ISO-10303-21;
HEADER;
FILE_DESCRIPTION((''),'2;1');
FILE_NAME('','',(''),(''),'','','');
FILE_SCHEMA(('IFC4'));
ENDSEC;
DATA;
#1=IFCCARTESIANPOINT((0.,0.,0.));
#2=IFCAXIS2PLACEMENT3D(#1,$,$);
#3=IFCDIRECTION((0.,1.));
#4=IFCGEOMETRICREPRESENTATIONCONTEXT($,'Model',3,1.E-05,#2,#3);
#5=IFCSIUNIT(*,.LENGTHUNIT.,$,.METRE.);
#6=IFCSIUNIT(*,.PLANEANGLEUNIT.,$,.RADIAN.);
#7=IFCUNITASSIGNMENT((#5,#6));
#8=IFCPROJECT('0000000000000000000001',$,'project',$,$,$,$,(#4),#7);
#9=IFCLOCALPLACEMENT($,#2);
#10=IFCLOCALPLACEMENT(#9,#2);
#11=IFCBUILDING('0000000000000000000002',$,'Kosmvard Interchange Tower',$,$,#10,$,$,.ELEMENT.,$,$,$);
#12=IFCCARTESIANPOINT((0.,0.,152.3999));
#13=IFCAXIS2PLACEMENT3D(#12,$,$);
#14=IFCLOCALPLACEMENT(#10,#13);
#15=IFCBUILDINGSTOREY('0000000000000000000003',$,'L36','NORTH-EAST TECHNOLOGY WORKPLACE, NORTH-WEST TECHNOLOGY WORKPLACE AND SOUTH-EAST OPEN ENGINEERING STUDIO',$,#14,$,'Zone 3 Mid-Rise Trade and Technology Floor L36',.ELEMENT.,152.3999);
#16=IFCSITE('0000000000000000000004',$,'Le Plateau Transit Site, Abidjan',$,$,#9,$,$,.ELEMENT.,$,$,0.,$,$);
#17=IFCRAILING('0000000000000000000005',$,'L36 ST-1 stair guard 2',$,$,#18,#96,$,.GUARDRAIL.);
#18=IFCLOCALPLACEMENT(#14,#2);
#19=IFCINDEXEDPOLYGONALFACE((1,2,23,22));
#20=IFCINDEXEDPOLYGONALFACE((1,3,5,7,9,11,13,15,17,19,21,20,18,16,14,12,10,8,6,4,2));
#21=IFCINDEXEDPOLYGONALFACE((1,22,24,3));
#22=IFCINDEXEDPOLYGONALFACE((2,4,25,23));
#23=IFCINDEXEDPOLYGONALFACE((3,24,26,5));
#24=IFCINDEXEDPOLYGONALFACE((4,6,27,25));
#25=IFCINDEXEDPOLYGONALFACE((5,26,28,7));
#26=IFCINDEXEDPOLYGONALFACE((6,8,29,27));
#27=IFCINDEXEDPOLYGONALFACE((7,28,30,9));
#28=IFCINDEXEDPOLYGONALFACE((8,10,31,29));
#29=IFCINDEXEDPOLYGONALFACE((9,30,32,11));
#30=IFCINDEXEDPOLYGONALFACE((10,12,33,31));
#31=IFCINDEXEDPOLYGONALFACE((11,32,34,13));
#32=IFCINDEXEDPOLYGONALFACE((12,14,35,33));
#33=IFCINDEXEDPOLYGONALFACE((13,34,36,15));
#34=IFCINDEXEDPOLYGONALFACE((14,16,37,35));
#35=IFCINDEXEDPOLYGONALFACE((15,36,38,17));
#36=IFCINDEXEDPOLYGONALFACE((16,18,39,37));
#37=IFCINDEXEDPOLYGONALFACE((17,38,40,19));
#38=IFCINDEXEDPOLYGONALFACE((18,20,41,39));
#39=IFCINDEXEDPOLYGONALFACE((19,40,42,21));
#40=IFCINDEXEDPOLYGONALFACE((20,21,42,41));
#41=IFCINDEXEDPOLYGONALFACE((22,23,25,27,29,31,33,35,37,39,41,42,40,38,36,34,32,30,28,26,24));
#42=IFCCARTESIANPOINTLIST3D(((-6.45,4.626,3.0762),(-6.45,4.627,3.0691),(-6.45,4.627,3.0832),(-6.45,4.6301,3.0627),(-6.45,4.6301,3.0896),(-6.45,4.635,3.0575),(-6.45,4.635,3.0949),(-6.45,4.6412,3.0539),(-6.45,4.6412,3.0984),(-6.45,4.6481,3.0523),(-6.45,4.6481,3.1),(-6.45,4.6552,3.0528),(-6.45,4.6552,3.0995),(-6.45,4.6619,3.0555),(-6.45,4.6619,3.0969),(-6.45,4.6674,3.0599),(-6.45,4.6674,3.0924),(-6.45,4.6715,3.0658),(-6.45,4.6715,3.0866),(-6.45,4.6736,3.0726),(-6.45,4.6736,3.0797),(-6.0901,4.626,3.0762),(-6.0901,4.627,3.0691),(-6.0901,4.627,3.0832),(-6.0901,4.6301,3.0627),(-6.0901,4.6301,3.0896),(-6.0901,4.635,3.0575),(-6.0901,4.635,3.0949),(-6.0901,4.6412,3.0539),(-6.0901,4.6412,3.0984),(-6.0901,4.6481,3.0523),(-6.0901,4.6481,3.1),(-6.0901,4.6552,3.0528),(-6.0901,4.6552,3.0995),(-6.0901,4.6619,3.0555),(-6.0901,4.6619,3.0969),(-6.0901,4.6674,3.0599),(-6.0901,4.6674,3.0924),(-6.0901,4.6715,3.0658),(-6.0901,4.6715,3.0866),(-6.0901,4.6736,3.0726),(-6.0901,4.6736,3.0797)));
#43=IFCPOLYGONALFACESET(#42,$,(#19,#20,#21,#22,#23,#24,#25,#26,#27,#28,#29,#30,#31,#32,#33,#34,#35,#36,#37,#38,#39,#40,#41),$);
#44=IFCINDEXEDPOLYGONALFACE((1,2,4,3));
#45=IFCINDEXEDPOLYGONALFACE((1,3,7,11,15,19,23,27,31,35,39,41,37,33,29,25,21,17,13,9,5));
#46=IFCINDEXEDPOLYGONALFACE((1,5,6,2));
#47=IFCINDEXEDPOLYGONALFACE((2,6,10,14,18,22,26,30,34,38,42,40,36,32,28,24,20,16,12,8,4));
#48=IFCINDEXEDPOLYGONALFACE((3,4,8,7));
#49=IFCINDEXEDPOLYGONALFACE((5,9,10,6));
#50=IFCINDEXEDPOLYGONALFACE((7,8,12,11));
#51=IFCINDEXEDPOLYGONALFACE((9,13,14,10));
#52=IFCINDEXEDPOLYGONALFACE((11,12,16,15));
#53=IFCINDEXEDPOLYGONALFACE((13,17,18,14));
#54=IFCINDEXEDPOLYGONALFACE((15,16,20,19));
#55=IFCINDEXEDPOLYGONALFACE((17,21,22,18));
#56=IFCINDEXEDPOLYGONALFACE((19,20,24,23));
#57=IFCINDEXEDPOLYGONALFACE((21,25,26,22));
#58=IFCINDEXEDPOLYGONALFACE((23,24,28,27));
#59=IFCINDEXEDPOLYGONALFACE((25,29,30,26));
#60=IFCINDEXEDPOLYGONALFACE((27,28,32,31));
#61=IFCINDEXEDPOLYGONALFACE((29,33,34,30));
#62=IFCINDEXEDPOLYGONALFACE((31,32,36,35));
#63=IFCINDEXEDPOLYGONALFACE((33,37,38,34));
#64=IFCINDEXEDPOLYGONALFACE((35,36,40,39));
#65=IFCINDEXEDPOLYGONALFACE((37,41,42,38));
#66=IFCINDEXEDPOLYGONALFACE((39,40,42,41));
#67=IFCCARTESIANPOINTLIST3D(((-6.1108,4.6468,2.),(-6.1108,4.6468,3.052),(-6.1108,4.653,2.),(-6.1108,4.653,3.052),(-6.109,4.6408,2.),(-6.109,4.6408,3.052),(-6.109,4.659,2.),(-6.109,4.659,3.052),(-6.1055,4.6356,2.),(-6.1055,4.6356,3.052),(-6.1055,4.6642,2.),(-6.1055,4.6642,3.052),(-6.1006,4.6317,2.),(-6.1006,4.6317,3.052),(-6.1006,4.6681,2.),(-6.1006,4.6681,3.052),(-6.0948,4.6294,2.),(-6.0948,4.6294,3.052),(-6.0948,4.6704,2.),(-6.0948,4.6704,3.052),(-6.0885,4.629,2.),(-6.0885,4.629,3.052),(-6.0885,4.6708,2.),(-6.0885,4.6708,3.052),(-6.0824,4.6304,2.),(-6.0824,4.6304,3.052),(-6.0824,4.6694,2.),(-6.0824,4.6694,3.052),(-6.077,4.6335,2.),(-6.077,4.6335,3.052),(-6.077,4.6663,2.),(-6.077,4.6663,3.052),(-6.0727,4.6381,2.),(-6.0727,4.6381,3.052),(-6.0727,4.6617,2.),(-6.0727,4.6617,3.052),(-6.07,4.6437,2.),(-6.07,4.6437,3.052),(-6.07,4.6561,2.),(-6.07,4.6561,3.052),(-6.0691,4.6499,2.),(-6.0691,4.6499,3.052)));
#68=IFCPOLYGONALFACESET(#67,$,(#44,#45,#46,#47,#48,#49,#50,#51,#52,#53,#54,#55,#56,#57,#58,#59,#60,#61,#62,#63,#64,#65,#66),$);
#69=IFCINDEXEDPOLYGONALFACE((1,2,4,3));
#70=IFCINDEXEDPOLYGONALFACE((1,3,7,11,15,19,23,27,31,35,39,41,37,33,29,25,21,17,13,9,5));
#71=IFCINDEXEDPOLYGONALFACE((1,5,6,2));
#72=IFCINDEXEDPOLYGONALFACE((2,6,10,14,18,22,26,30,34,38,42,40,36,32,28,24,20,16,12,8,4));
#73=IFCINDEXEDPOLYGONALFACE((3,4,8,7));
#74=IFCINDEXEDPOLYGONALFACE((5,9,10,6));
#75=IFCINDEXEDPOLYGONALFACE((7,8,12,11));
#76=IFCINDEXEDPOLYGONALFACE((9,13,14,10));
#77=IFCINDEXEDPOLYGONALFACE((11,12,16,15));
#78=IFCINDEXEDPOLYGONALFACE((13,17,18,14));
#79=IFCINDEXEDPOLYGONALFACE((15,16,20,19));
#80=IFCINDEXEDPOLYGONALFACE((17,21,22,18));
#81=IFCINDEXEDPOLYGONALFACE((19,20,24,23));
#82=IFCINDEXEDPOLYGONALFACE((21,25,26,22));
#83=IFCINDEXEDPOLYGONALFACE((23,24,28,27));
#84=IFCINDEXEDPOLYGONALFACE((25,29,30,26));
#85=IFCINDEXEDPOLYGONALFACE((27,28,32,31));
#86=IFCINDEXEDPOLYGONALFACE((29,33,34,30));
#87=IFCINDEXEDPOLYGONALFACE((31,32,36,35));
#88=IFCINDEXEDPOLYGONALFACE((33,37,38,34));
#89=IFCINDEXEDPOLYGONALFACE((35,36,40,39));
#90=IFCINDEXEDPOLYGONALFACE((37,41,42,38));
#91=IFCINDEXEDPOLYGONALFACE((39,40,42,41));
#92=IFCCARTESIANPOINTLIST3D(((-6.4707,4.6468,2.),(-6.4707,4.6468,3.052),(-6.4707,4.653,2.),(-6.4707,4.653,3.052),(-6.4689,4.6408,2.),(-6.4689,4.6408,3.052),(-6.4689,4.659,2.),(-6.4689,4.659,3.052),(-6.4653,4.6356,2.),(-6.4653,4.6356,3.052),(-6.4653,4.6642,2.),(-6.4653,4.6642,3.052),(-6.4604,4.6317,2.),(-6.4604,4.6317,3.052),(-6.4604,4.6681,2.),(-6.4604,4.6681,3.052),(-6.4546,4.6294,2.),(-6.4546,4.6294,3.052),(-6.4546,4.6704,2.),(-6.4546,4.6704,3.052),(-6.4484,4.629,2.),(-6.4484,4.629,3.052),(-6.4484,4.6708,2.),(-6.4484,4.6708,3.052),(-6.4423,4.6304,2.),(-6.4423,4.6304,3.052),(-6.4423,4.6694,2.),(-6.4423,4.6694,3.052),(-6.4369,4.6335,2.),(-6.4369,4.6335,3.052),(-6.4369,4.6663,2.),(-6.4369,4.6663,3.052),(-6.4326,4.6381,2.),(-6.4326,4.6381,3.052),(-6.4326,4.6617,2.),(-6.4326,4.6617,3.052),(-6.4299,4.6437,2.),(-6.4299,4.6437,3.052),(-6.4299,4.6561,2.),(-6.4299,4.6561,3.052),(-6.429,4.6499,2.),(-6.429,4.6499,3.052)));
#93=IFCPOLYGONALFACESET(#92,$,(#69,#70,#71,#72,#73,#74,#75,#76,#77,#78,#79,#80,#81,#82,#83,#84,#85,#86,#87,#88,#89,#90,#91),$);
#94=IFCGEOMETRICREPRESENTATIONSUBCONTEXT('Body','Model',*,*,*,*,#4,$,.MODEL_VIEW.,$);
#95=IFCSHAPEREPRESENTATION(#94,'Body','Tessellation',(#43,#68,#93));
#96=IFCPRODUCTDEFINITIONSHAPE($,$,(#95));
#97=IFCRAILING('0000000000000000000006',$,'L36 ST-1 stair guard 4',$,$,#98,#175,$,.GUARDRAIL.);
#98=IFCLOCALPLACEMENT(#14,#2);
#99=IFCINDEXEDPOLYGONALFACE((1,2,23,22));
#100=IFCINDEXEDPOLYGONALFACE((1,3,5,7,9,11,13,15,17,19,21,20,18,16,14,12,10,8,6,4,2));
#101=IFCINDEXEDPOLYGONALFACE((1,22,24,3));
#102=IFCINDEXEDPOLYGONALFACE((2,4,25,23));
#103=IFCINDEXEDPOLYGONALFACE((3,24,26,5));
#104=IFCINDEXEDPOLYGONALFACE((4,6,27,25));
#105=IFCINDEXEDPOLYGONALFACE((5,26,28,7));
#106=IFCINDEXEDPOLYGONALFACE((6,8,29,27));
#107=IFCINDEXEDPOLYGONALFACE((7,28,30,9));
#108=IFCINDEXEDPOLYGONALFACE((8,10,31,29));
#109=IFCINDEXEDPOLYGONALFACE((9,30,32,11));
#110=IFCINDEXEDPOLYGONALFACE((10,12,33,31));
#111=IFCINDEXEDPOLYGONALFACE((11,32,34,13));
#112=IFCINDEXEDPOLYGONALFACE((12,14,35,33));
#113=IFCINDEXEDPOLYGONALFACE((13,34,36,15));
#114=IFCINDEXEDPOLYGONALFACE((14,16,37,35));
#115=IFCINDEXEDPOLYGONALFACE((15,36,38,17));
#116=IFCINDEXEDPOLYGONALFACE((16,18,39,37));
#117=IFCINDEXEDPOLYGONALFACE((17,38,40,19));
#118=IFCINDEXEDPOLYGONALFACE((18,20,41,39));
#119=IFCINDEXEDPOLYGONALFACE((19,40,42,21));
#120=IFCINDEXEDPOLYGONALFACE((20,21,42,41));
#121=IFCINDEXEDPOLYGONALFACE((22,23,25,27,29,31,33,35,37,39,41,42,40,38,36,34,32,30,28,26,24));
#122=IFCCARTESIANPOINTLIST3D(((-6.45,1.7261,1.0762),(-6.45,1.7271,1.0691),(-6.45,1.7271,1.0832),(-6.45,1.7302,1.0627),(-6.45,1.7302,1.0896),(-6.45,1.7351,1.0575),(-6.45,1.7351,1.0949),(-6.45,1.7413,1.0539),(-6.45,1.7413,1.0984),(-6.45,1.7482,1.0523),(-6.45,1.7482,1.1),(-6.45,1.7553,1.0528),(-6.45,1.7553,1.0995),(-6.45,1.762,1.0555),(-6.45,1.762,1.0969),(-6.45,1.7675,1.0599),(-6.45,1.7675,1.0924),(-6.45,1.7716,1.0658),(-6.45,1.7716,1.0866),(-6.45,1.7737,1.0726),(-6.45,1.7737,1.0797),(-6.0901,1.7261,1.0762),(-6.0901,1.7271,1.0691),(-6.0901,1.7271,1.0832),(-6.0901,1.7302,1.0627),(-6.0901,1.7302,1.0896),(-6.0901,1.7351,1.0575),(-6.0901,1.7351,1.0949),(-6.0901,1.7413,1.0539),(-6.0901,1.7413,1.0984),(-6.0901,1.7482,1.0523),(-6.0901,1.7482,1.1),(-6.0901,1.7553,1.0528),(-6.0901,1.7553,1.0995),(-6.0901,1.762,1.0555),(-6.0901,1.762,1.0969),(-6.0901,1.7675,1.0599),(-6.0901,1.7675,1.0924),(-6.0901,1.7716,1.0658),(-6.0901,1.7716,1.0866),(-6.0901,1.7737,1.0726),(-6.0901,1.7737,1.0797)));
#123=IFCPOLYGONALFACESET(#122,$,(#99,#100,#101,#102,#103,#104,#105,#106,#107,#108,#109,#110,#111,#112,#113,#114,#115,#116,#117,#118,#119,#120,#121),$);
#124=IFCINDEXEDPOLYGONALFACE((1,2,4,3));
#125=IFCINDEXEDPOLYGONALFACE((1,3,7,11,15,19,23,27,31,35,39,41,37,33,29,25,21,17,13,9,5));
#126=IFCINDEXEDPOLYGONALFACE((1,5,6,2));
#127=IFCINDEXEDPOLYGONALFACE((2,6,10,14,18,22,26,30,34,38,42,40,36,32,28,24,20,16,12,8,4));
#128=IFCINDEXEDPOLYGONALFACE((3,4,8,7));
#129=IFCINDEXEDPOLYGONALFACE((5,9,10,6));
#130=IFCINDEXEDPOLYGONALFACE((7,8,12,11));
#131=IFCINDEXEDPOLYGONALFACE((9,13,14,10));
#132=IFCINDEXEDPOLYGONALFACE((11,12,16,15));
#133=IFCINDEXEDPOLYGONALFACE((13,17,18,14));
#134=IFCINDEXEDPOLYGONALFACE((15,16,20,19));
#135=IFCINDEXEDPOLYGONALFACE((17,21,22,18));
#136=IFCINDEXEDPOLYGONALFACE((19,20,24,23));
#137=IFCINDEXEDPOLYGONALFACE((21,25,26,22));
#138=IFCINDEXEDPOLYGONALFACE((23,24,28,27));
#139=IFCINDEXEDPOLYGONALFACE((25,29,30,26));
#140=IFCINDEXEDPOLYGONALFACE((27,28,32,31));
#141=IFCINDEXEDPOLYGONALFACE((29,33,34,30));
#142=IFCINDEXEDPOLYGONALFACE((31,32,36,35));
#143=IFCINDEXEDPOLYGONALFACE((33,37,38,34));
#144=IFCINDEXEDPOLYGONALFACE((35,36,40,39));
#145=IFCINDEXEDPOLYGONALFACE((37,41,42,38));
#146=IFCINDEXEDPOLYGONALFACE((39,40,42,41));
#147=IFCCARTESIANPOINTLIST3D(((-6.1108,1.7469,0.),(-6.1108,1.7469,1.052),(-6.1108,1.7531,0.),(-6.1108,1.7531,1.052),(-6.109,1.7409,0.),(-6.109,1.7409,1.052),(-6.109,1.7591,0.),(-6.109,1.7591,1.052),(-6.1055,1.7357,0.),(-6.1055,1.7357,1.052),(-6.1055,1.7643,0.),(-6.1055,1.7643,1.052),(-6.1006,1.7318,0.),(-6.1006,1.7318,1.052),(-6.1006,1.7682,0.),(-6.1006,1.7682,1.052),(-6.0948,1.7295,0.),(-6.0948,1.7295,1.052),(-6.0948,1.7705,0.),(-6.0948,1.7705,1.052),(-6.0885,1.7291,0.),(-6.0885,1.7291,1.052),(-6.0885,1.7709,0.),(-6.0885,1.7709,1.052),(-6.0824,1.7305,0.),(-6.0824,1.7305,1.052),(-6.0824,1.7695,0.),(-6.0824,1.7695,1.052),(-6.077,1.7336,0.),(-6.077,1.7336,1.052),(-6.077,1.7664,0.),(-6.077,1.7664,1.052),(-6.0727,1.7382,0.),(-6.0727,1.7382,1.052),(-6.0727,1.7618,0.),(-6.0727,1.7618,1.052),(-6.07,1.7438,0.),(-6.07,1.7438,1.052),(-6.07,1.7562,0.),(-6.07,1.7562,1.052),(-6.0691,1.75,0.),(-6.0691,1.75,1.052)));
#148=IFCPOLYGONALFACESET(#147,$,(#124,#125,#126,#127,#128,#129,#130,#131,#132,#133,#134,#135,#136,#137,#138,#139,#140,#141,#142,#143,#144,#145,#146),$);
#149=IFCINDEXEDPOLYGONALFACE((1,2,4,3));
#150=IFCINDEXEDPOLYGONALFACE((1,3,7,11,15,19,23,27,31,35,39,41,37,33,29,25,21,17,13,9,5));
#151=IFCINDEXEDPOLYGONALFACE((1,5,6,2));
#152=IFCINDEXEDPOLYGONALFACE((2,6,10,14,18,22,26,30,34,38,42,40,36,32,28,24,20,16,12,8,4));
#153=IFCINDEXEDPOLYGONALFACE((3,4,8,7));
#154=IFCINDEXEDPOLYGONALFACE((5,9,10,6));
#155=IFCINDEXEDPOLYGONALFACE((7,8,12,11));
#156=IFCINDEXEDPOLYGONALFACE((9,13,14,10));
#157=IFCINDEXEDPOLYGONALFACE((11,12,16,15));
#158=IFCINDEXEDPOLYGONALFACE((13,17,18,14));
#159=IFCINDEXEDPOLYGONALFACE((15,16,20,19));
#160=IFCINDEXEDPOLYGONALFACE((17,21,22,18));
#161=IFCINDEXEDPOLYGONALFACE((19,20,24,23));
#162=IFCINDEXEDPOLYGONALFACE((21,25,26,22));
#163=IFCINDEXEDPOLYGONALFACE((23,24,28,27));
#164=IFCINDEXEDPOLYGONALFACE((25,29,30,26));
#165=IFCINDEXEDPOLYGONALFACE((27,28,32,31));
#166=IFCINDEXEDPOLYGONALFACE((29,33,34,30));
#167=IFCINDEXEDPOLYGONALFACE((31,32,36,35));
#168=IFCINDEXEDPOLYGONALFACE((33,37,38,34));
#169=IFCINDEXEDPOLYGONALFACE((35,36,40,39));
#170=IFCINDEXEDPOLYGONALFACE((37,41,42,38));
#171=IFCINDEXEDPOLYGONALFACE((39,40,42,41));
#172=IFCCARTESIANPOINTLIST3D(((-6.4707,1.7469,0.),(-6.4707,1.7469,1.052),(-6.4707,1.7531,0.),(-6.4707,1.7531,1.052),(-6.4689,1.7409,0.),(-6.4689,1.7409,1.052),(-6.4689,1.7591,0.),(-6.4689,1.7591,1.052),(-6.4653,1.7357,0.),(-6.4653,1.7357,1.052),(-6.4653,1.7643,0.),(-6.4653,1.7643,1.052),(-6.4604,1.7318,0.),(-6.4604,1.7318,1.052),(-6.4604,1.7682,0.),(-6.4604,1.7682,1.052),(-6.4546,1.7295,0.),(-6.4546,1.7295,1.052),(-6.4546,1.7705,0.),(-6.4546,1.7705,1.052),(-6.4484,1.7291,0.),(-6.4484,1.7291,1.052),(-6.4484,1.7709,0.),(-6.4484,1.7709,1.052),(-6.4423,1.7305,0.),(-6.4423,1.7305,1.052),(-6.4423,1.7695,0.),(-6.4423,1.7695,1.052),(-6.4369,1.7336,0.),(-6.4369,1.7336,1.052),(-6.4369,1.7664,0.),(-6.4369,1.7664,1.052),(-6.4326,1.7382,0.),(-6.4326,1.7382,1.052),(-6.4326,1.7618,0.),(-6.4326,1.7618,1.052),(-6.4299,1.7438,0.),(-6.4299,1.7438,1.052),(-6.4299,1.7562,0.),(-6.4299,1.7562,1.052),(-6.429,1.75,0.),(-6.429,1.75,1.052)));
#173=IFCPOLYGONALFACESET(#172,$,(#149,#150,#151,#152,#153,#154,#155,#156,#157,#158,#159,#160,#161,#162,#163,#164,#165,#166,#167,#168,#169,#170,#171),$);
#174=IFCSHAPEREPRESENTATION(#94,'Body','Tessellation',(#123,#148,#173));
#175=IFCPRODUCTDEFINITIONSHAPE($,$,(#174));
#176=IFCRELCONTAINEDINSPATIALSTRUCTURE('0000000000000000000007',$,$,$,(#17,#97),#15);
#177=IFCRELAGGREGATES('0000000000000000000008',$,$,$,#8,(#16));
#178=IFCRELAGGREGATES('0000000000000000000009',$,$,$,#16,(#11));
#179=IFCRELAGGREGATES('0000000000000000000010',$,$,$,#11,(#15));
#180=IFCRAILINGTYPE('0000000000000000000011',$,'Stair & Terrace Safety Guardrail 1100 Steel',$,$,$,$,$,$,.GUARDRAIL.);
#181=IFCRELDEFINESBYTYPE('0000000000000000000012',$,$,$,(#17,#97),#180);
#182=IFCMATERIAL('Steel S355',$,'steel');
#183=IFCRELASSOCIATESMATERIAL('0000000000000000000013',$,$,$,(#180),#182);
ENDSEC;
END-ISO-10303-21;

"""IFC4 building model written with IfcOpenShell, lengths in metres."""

from ifc_helpers import new_model, si_unit, direction, frame, origin, origin_2d, place, context, subcontext, project, spatial, circle, extrude, source, transform, mapped, material, type_object, element, save


model = new_model("IFC4")

# Units and contexts
model_context = context("Model", 3, precision=1e-05, world=origin(), true_north=direction((0.0, 1.0)))
body_context = subcontext(model_context, "Body", "Model", "MODEL_VIEW")
ifc_project = project(units=[si_unit("LENGTHUNIT", "METRE"), si_unit("PLANEANGLEUNIT", "RADIAN")], contexts=[model_context])

# Site, building, storey
site_placement = place(None, origin())
site = spatial("IfcSite", under=ifc_project, at=site_placement, Name="Le Plateau Transit Site, Abidjan", CompositionType="ELEMENT", RefElevation=0.0)
building_placement = place(site_placement, origin())
building = spatial("IfcBuilding", under=site, at=building_placement, Name="Kosmvard Interchange Tower", CompositionType="ELEMENT")
storey_placement = place(building_placement, frame((0.0, 0.0, 152.3999)))
storey = spatial("IfcBuildingStorey", under=building, at=storey_placement, Name="L36", Description="NORTH-EAST TECHNOLOGY WORKPLACE, NORTH-WEST TECHNOLOGY WORKPLACE AND SOUTH-EAST OPEN ENGINEERING STUDIO", LongName="Zone 3 Mid-Rise Trade and Technology Floor L36", CompositionType="ELEMENT", Elevation=152.3999)

# Shared definitions
ifc_material_1 = material(Name="Steel S355", Category="steel")

# Railings
railing_type_1 = type_object("IfcRailingType", Name="Stair & Terrace Safety Guardrail 1100 Steel", PredefinedType="GUARDRAIL", material=ifc_material_1)
shared_shape_1 = source(origin(), body_context, "Body", "SweptSolid", [
    extrude(circle(Radius=0.0239, at=origin_2d()), frame((0.0, 0.0, 1.0762), z_axis=(-1.0, 0.0, 0.0), x_axis=(0.0, -1.0, 0.0)), (0.0, 0.0, 1.0), 0.3599),
    extrude(circle(Radius=0.021, at=origin_2d()), origin(), (0.0, 0.0, 1.0), 1.052),
    extrude(circle(Radius=0.021, at=origin_2d()), frame((-0.3599, 0.0, 0.0)), (0.0, 0.0, 1.0), 1.052),
])
for number, where, name in (
    (1, (-6.0901, 4.6499, 2.0), "L36 ST-1 stair guard 2"),
    (2, (-6.0901, 1.75, 0.0), "L36 ST-1 stair guard 4"),
):
    element("IfcRailing", number, at=place(storey_placement, frame(where)), inside=storey, type_object=railing_type_1, Name=name, PredefinedType="GUARDRAIL", context=body_context, shape_type="MappedRepresentation", body=[
        mapped(shared_shape_1, transform((0.0, 0.0, 0.0), scale=1.0)),
    ])

save(model, "model.ifc")
